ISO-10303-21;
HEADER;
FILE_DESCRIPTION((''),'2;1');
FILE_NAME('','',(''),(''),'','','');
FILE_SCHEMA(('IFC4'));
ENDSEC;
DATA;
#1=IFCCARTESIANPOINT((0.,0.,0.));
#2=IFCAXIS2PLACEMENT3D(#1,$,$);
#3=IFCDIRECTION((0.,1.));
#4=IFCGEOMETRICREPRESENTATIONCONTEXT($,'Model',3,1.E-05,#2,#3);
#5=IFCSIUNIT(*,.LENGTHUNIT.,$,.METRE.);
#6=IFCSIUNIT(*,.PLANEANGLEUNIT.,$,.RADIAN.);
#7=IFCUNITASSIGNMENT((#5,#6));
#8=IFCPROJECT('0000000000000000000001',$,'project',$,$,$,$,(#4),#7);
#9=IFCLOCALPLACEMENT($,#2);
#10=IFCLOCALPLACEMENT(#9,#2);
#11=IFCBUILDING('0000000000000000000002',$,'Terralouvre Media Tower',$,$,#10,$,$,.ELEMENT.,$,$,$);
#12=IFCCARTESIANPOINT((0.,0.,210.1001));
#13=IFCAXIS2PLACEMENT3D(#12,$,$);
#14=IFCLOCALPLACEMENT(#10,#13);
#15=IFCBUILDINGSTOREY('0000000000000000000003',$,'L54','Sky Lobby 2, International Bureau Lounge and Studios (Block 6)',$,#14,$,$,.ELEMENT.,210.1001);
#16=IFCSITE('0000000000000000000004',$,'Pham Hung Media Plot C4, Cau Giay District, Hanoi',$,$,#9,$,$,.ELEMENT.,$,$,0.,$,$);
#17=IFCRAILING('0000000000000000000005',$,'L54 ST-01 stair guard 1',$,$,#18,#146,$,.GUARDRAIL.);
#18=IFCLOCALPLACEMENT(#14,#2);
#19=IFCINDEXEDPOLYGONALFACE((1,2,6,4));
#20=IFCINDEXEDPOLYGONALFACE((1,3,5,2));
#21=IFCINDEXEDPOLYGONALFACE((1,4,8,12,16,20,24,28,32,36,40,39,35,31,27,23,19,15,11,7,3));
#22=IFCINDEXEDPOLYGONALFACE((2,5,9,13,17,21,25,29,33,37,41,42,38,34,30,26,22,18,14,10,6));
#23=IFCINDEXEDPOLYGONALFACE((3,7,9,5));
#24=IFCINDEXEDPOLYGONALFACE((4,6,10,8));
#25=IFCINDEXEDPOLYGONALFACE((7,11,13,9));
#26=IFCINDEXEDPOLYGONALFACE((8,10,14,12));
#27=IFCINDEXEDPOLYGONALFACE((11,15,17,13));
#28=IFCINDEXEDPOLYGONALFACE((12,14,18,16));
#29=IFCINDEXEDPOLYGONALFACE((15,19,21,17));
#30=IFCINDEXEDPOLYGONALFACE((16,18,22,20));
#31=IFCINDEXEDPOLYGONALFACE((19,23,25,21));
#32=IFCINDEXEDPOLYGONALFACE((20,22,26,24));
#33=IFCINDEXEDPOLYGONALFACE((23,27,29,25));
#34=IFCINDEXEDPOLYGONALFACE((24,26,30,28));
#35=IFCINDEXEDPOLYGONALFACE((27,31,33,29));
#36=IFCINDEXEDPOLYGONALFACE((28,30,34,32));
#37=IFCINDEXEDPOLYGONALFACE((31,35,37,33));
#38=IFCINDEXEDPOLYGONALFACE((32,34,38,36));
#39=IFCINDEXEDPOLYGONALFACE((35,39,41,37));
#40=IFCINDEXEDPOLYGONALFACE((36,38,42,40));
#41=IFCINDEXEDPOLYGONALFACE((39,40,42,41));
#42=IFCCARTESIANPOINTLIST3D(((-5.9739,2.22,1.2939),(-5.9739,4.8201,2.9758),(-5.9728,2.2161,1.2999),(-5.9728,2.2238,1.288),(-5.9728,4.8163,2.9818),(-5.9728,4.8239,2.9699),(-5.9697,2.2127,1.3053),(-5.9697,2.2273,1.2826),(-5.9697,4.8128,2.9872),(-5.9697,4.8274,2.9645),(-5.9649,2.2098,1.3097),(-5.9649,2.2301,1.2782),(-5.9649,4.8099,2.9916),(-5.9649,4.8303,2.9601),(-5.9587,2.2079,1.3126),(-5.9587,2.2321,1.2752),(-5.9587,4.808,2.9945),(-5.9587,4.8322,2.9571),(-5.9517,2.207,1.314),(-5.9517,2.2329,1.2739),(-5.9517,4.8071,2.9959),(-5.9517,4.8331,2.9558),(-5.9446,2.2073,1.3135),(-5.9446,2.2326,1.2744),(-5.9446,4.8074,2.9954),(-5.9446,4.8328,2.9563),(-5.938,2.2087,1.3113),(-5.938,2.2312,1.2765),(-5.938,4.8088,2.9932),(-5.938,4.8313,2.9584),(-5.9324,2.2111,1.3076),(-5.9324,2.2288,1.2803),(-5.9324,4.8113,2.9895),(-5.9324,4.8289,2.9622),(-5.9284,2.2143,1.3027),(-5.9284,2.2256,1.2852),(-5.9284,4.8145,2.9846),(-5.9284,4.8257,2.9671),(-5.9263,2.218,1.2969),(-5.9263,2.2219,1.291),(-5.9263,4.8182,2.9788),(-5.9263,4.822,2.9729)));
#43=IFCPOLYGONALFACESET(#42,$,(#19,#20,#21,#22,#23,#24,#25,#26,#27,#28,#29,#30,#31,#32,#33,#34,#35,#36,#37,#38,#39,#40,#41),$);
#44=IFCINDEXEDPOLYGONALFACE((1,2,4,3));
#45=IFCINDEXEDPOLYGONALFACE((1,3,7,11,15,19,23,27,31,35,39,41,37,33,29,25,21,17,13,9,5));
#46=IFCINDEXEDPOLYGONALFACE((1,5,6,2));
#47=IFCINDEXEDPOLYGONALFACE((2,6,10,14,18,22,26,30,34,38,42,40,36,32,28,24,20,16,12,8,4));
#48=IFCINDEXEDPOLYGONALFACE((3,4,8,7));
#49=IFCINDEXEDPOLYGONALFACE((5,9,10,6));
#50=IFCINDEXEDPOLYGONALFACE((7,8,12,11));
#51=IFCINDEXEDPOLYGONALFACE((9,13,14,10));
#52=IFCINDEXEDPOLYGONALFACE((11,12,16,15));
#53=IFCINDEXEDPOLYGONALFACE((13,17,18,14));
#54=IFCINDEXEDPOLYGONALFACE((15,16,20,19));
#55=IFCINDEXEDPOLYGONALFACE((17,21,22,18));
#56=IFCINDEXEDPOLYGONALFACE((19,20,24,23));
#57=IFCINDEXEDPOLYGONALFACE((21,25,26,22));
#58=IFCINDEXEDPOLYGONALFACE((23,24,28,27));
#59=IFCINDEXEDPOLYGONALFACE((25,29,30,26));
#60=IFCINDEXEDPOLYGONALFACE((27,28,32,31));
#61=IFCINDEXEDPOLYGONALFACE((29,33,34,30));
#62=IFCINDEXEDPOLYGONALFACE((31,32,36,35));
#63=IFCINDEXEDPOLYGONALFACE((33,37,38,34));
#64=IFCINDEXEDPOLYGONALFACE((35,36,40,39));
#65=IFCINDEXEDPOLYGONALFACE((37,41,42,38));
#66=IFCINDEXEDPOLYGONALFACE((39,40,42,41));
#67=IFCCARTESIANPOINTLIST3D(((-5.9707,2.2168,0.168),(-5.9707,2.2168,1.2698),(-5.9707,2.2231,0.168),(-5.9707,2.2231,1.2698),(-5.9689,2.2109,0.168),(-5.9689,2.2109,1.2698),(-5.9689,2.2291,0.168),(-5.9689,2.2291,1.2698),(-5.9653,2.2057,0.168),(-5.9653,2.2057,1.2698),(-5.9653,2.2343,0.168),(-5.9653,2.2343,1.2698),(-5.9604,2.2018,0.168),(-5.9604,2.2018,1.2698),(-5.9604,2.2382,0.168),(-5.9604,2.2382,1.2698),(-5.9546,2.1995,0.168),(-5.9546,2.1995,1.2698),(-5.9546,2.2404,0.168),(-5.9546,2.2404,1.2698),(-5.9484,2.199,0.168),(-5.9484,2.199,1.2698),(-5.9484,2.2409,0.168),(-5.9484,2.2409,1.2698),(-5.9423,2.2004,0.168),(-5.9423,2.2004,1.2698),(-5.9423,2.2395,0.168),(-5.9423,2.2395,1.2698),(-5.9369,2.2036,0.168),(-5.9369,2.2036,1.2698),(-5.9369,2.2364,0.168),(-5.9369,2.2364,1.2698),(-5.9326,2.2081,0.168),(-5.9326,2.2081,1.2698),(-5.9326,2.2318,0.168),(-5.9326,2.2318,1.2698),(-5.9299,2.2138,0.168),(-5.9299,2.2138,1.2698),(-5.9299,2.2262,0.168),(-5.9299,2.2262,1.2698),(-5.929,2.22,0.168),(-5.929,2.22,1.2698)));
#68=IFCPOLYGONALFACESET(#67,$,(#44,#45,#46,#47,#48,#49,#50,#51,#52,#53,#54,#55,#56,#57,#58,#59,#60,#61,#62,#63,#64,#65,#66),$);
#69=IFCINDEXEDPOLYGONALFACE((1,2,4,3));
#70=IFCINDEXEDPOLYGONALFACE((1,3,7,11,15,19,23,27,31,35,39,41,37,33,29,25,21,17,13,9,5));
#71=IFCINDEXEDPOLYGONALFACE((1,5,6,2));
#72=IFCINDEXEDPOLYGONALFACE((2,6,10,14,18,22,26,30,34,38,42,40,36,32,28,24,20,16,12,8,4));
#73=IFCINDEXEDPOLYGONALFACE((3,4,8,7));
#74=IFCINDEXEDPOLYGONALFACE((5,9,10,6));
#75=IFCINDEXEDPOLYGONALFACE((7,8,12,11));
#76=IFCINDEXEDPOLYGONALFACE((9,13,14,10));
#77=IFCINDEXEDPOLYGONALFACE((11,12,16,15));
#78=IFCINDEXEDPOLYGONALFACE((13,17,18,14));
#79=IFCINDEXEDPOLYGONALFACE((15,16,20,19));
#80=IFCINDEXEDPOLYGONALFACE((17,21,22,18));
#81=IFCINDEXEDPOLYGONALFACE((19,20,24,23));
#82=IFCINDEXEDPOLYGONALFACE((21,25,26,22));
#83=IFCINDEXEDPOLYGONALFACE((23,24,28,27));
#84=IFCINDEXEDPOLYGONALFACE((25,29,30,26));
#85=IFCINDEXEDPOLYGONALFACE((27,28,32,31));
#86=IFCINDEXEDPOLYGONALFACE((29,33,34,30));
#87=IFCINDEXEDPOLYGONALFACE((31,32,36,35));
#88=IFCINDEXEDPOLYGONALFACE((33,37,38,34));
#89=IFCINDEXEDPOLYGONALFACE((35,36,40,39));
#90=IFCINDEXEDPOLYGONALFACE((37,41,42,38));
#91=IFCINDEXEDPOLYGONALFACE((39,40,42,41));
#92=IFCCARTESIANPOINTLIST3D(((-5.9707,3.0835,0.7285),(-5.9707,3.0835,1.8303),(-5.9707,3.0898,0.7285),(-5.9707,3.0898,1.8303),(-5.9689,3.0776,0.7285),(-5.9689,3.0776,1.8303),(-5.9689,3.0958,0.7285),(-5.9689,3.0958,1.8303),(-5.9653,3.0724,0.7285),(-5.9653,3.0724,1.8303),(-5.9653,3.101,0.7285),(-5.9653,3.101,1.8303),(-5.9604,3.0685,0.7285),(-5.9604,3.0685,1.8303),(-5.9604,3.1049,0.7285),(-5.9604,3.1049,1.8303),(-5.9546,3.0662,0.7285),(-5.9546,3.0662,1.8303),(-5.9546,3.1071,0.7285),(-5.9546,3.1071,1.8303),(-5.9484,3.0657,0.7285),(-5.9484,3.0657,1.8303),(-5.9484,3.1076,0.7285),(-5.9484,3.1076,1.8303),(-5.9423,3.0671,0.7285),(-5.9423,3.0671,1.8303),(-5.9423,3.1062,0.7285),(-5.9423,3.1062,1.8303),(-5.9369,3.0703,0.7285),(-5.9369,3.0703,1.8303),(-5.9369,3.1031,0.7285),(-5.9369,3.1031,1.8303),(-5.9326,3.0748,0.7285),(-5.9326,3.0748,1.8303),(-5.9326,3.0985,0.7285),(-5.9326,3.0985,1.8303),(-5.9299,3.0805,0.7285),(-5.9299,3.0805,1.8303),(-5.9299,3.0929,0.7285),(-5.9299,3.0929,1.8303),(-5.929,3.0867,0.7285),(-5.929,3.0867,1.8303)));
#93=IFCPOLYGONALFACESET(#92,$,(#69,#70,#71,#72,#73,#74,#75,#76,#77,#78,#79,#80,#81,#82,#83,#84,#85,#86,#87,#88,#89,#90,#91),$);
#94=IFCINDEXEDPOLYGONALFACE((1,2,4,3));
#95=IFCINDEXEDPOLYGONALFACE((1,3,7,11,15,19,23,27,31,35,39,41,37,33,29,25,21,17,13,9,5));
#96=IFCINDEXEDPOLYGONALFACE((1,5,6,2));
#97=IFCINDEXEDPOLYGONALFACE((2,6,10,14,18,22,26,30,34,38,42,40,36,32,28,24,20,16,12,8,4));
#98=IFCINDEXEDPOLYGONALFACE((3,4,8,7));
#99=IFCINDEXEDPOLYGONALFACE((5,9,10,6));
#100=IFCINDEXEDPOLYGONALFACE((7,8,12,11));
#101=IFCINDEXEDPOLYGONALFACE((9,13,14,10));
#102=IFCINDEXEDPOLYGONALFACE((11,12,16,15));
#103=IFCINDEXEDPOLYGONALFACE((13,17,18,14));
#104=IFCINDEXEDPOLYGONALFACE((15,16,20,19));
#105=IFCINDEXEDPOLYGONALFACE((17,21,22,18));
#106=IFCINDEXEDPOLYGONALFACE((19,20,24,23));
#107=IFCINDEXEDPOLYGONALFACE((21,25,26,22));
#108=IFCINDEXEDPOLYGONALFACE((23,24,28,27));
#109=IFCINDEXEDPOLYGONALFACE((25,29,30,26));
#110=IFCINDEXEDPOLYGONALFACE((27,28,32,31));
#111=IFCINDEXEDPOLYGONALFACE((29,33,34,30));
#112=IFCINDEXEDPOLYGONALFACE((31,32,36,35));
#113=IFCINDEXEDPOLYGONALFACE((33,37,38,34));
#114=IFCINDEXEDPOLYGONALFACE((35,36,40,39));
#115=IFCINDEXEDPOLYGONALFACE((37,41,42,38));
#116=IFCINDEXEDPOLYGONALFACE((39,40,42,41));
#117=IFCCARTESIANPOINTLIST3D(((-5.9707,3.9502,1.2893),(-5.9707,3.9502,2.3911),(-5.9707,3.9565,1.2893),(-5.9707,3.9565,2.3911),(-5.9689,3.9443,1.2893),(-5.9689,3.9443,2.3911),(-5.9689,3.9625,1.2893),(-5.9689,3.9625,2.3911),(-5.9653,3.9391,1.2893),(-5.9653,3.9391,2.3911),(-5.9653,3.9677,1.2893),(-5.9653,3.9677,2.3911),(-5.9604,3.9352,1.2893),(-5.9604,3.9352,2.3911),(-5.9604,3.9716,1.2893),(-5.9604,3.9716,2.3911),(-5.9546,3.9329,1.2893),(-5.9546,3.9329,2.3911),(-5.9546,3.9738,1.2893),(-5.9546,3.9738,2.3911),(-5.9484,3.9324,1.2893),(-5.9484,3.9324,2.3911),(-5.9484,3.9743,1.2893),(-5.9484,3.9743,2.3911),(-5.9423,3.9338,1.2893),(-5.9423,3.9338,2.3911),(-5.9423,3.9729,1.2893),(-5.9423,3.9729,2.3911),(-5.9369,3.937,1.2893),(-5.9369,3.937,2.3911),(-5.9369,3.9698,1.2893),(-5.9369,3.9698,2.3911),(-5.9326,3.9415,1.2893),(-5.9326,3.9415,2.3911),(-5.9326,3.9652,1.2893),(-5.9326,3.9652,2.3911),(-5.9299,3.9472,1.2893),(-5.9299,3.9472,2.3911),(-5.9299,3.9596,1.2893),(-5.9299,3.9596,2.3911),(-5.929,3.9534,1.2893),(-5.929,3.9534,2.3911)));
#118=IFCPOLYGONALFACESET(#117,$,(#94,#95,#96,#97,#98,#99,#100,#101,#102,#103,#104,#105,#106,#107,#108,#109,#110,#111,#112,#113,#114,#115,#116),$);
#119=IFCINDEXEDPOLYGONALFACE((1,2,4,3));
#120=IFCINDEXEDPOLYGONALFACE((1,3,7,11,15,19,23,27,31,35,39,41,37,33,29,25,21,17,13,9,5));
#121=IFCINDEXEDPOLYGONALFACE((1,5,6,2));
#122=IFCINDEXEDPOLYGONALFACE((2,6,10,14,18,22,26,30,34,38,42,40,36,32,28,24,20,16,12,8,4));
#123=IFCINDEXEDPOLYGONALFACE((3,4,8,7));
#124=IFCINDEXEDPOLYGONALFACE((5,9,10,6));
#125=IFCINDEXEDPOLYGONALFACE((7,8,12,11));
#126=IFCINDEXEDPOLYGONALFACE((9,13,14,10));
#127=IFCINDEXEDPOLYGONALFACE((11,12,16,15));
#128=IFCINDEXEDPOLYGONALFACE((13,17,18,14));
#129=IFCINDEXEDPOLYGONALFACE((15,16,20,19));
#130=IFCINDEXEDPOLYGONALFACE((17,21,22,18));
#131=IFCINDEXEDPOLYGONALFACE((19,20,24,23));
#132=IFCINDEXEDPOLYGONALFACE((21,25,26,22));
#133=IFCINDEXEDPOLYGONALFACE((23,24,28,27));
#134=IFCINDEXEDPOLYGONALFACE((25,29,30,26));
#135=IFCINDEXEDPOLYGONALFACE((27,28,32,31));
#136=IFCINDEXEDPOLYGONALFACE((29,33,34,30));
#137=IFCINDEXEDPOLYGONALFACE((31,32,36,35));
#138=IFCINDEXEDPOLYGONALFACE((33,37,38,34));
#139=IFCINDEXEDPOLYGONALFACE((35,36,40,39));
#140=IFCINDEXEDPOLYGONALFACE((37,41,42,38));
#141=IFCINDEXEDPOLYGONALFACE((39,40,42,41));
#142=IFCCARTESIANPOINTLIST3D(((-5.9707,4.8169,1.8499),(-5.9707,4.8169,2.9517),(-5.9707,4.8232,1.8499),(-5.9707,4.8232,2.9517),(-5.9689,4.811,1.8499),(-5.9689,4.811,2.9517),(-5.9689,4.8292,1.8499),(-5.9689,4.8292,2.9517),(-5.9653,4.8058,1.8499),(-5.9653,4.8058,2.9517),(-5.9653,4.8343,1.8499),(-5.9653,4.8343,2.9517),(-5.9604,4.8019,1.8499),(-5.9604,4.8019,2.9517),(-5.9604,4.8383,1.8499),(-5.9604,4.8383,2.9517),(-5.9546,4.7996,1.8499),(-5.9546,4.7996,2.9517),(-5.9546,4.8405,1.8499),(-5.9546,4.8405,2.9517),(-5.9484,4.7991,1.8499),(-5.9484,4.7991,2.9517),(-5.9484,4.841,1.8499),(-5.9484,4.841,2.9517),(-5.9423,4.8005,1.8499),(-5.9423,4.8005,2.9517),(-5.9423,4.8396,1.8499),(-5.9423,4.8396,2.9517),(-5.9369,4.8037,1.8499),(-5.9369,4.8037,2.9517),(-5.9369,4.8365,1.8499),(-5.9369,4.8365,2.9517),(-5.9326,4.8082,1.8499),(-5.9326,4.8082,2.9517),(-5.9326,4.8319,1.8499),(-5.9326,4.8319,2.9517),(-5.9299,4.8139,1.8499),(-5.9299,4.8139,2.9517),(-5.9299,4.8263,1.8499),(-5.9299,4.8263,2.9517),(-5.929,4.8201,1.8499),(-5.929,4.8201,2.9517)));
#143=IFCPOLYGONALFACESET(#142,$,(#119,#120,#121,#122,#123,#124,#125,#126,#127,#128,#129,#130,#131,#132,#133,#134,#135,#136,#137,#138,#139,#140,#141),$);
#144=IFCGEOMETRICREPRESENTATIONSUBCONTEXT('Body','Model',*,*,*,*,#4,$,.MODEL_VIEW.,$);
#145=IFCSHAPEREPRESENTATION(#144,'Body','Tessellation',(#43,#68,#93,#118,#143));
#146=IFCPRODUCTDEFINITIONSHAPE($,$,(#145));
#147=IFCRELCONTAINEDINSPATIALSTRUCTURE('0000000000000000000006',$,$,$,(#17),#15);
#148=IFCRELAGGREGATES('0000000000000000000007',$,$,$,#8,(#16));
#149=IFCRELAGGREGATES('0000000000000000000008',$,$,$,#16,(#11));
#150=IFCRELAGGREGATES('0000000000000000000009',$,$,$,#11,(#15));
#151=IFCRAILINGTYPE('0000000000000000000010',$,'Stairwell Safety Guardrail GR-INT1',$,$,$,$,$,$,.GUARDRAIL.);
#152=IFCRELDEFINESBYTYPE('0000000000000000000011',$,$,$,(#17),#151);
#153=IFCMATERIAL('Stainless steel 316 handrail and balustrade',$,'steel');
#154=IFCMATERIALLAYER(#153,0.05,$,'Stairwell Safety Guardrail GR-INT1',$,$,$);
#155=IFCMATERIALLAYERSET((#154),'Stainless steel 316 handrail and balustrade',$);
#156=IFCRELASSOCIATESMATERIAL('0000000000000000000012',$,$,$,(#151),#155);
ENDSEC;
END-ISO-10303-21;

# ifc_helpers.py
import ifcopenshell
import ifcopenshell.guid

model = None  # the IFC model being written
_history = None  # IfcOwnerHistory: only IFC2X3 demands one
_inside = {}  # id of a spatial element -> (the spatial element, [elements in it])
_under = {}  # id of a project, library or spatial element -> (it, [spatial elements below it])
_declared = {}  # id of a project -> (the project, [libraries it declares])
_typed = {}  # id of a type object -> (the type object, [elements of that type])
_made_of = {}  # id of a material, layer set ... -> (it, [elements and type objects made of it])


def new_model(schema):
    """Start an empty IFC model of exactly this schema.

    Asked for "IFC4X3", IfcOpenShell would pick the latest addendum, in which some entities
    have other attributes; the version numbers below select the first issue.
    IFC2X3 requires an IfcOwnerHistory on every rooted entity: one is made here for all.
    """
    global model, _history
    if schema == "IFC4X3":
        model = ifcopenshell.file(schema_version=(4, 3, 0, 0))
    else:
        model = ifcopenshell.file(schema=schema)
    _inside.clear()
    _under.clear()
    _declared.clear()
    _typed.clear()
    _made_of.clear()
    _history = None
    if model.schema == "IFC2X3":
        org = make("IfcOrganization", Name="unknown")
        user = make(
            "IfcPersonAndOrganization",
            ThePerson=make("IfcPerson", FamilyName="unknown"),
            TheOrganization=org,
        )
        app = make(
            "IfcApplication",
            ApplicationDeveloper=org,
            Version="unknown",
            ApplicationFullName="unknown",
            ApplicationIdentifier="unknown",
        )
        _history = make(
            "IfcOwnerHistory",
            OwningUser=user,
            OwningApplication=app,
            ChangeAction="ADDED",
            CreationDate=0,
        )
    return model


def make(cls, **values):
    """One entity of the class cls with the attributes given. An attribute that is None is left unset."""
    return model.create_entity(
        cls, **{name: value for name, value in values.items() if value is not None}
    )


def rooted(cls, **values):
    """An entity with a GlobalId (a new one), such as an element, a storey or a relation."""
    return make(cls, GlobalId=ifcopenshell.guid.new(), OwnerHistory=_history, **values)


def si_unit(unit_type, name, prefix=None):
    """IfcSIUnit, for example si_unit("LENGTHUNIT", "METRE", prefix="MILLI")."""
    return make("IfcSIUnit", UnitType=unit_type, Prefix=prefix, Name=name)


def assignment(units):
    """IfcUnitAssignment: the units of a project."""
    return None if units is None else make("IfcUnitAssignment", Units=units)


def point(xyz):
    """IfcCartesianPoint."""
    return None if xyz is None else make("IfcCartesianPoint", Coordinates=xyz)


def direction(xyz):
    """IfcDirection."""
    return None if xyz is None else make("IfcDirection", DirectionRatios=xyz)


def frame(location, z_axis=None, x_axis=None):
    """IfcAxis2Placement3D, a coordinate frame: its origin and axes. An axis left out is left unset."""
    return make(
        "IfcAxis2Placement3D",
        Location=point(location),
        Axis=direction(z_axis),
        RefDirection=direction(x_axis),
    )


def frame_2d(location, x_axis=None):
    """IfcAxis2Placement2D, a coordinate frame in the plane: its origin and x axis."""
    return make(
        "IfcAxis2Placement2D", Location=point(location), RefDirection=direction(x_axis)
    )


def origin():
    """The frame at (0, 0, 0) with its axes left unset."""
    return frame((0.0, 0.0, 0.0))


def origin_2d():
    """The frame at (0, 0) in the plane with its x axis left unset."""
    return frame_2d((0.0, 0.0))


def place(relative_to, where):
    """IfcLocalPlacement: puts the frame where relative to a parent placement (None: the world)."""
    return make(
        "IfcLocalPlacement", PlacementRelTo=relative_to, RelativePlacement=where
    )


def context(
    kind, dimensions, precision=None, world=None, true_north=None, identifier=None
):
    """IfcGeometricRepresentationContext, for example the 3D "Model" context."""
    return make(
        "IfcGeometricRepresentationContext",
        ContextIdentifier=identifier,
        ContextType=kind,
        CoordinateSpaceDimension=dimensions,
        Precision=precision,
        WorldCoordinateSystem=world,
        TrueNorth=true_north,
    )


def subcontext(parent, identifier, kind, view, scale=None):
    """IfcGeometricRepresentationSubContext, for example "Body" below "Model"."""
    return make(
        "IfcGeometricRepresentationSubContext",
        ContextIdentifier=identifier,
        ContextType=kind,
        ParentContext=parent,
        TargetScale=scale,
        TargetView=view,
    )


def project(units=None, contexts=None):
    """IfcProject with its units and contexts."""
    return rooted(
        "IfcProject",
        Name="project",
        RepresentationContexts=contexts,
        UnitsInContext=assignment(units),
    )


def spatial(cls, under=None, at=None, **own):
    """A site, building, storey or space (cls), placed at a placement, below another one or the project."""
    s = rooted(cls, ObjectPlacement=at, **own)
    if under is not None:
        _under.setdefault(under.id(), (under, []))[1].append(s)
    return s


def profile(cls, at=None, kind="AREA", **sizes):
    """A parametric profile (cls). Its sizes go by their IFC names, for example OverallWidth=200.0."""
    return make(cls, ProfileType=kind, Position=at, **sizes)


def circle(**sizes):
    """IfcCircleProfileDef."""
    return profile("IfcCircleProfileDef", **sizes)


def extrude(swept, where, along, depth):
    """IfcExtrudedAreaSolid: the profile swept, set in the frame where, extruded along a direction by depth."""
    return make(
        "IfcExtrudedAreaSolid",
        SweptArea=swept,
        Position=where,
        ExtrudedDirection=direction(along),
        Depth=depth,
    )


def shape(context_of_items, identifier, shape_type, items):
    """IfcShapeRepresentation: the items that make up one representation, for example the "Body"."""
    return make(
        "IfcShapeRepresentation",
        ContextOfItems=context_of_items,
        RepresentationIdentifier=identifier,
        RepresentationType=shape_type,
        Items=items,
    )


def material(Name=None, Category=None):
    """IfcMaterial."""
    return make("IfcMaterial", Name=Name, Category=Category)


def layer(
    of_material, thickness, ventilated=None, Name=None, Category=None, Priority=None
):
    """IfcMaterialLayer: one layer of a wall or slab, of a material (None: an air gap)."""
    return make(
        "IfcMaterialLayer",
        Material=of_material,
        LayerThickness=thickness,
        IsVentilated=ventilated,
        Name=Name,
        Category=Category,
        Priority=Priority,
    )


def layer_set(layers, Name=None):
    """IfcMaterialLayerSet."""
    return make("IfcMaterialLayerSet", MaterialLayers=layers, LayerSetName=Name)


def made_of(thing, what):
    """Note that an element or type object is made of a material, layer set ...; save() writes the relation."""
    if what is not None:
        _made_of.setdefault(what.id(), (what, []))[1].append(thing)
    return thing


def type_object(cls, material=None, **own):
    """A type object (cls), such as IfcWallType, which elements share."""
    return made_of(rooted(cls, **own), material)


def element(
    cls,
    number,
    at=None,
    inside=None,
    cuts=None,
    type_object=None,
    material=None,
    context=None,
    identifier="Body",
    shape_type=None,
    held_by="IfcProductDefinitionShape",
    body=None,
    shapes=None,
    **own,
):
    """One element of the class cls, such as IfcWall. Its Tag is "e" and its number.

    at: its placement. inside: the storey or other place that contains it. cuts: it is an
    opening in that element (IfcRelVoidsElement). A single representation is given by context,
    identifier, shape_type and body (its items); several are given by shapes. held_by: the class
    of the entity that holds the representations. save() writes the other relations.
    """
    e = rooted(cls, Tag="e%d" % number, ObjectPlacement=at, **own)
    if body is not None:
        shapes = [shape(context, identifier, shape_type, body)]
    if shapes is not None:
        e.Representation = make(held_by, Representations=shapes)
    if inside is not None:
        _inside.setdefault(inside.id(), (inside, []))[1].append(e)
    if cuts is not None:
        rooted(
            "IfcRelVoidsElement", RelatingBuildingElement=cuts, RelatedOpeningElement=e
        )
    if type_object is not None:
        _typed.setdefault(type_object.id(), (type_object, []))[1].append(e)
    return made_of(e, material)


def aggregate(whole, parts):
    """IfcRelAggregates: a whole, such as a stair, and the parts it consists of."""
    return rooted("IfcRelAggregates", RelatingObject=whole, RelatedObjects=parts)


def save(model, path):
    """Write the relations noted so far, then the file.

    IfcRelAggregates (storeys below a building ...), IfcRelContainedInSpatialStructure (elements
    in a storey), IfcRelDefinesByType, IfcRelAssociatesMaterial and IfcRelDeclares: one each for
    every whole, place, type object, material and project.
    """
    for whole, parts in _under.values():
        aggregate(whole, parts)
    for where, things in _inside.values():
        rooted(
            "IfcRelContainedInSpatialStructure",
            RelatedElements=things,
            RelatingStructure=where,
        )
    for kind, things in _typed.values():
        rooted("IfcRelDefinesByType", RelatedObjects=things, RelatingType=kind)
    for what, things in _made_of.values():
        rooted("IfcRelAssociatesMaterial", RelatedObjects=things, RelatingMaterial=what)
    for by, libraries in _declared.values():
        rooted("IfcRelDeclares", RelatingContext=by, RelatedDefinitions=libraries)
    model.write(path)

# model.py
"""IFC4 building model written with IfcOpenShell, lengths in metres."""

from ifc_helpers import new_model, si_unit, direction, frame, origin, origin_2d, place, context, subcontext, project, spatial, circle, extrude, material, layer, layer_set, type_object, element, save


model = new_model("IFC4")

# Units and contexts
model_context = context("Model", 3, precision=1e-05, world=origin(), true_north=direction((0.0, 1.0)))
body_context = subcontext(model_context, "Body", "Model", "MODEL_VIEW")
ifc_project = project(units=[si_unit("LENGTHUNIT", "METRE"), si_unit("PLANEANGLEUNIT", "RADIAN")], contexts=[model_context])

# Site, building, storey
site_placement = place(None, origin())
site = spatial("IfcSite", under=ifc_project, at=site_placement, Name="Pham Hung Media Plot C4, Cau Giay District, Hanoi", CompositionType="ELEMENT", RefElevation=0.0)
building_placement = place(site_placement, origin())
building = spatial("IfcBuilding", under=site, at=building_placement, Name="Terralouvre Media Tower", CompositionType="ELEMENT")
storey_placement = place(building_placement, frame((0.0, 0.0, 210.1001)))
storey = spatial("IfcBuildingStorey", under=building, at=storey_placement, Name="L54", Description="Sky Lobby 2, International Bureau Lounge and Studios (Block 6)", CompositionType="ELEMENT", Elevation=210.1001)

# Railing
ifc_material_1 = material(Name="Stainless steel 316 handrail and balustrade", Category="steel")
ifc_layer_1 = layer(ifc_material_1, 0.05, Name="Stairwell Safety Guardrail GR-INT1")
ifc_layer_set_1 = layer_set([ifc_layer_1], Name="Stainless steel 316 handrail and balustrade")
railing_type_1 = type_object("IfcRailingType", Name="Stairwell Safety Guardrail GR-INT1", PredefinedType="GUARDRAIL", material=ifc_layer_set_1)
railing_1_placement = place(storey_placement, frame((-5.95, 2.22, 0.168)))
element("IfcRailing", 1, at=railing_1_placement, inside=storey, type_object=railing_type_1, Name="L54 ST-01 stair guard 1", PredefinedType="GUARDRAIL", context=body_context, shape_type="SweptSolid", body=[
    extrude(circle(Radius=0.0239, at=origin_2d()), frame((0.0, 0.0, 1.126), z_axis=(0.0, 0.839648, 0.54313), x_axis=(-1.0, 0.0, 0.0)), (0.0, 0.0, 1.0), 3.0967),
    extrude(circle(Radius=0.021, at=origin_2d()), origin(), (0.0, 0.0, 1.0), 1.1018),
    extrude(circle(Radius=0.021, at=origin_2d()), frame((0.0, 0.8667, 0.5605)), (0.0, 0.0, 1.0), 1.1018),
    extrude(circle(Radius=0.021, at=origin_2d()), frame((0.0, 1.7334, 1.1213)), (0.0, 0.0, 1.0), 1.1018),
    extrude(circle(Radius=0.021, at=origin_2d()), frame((0.0, 2.6001, 1.6819)), (0.0, 0.0, 1.0), 1.1018),
])

save(model, "model.ifc")
